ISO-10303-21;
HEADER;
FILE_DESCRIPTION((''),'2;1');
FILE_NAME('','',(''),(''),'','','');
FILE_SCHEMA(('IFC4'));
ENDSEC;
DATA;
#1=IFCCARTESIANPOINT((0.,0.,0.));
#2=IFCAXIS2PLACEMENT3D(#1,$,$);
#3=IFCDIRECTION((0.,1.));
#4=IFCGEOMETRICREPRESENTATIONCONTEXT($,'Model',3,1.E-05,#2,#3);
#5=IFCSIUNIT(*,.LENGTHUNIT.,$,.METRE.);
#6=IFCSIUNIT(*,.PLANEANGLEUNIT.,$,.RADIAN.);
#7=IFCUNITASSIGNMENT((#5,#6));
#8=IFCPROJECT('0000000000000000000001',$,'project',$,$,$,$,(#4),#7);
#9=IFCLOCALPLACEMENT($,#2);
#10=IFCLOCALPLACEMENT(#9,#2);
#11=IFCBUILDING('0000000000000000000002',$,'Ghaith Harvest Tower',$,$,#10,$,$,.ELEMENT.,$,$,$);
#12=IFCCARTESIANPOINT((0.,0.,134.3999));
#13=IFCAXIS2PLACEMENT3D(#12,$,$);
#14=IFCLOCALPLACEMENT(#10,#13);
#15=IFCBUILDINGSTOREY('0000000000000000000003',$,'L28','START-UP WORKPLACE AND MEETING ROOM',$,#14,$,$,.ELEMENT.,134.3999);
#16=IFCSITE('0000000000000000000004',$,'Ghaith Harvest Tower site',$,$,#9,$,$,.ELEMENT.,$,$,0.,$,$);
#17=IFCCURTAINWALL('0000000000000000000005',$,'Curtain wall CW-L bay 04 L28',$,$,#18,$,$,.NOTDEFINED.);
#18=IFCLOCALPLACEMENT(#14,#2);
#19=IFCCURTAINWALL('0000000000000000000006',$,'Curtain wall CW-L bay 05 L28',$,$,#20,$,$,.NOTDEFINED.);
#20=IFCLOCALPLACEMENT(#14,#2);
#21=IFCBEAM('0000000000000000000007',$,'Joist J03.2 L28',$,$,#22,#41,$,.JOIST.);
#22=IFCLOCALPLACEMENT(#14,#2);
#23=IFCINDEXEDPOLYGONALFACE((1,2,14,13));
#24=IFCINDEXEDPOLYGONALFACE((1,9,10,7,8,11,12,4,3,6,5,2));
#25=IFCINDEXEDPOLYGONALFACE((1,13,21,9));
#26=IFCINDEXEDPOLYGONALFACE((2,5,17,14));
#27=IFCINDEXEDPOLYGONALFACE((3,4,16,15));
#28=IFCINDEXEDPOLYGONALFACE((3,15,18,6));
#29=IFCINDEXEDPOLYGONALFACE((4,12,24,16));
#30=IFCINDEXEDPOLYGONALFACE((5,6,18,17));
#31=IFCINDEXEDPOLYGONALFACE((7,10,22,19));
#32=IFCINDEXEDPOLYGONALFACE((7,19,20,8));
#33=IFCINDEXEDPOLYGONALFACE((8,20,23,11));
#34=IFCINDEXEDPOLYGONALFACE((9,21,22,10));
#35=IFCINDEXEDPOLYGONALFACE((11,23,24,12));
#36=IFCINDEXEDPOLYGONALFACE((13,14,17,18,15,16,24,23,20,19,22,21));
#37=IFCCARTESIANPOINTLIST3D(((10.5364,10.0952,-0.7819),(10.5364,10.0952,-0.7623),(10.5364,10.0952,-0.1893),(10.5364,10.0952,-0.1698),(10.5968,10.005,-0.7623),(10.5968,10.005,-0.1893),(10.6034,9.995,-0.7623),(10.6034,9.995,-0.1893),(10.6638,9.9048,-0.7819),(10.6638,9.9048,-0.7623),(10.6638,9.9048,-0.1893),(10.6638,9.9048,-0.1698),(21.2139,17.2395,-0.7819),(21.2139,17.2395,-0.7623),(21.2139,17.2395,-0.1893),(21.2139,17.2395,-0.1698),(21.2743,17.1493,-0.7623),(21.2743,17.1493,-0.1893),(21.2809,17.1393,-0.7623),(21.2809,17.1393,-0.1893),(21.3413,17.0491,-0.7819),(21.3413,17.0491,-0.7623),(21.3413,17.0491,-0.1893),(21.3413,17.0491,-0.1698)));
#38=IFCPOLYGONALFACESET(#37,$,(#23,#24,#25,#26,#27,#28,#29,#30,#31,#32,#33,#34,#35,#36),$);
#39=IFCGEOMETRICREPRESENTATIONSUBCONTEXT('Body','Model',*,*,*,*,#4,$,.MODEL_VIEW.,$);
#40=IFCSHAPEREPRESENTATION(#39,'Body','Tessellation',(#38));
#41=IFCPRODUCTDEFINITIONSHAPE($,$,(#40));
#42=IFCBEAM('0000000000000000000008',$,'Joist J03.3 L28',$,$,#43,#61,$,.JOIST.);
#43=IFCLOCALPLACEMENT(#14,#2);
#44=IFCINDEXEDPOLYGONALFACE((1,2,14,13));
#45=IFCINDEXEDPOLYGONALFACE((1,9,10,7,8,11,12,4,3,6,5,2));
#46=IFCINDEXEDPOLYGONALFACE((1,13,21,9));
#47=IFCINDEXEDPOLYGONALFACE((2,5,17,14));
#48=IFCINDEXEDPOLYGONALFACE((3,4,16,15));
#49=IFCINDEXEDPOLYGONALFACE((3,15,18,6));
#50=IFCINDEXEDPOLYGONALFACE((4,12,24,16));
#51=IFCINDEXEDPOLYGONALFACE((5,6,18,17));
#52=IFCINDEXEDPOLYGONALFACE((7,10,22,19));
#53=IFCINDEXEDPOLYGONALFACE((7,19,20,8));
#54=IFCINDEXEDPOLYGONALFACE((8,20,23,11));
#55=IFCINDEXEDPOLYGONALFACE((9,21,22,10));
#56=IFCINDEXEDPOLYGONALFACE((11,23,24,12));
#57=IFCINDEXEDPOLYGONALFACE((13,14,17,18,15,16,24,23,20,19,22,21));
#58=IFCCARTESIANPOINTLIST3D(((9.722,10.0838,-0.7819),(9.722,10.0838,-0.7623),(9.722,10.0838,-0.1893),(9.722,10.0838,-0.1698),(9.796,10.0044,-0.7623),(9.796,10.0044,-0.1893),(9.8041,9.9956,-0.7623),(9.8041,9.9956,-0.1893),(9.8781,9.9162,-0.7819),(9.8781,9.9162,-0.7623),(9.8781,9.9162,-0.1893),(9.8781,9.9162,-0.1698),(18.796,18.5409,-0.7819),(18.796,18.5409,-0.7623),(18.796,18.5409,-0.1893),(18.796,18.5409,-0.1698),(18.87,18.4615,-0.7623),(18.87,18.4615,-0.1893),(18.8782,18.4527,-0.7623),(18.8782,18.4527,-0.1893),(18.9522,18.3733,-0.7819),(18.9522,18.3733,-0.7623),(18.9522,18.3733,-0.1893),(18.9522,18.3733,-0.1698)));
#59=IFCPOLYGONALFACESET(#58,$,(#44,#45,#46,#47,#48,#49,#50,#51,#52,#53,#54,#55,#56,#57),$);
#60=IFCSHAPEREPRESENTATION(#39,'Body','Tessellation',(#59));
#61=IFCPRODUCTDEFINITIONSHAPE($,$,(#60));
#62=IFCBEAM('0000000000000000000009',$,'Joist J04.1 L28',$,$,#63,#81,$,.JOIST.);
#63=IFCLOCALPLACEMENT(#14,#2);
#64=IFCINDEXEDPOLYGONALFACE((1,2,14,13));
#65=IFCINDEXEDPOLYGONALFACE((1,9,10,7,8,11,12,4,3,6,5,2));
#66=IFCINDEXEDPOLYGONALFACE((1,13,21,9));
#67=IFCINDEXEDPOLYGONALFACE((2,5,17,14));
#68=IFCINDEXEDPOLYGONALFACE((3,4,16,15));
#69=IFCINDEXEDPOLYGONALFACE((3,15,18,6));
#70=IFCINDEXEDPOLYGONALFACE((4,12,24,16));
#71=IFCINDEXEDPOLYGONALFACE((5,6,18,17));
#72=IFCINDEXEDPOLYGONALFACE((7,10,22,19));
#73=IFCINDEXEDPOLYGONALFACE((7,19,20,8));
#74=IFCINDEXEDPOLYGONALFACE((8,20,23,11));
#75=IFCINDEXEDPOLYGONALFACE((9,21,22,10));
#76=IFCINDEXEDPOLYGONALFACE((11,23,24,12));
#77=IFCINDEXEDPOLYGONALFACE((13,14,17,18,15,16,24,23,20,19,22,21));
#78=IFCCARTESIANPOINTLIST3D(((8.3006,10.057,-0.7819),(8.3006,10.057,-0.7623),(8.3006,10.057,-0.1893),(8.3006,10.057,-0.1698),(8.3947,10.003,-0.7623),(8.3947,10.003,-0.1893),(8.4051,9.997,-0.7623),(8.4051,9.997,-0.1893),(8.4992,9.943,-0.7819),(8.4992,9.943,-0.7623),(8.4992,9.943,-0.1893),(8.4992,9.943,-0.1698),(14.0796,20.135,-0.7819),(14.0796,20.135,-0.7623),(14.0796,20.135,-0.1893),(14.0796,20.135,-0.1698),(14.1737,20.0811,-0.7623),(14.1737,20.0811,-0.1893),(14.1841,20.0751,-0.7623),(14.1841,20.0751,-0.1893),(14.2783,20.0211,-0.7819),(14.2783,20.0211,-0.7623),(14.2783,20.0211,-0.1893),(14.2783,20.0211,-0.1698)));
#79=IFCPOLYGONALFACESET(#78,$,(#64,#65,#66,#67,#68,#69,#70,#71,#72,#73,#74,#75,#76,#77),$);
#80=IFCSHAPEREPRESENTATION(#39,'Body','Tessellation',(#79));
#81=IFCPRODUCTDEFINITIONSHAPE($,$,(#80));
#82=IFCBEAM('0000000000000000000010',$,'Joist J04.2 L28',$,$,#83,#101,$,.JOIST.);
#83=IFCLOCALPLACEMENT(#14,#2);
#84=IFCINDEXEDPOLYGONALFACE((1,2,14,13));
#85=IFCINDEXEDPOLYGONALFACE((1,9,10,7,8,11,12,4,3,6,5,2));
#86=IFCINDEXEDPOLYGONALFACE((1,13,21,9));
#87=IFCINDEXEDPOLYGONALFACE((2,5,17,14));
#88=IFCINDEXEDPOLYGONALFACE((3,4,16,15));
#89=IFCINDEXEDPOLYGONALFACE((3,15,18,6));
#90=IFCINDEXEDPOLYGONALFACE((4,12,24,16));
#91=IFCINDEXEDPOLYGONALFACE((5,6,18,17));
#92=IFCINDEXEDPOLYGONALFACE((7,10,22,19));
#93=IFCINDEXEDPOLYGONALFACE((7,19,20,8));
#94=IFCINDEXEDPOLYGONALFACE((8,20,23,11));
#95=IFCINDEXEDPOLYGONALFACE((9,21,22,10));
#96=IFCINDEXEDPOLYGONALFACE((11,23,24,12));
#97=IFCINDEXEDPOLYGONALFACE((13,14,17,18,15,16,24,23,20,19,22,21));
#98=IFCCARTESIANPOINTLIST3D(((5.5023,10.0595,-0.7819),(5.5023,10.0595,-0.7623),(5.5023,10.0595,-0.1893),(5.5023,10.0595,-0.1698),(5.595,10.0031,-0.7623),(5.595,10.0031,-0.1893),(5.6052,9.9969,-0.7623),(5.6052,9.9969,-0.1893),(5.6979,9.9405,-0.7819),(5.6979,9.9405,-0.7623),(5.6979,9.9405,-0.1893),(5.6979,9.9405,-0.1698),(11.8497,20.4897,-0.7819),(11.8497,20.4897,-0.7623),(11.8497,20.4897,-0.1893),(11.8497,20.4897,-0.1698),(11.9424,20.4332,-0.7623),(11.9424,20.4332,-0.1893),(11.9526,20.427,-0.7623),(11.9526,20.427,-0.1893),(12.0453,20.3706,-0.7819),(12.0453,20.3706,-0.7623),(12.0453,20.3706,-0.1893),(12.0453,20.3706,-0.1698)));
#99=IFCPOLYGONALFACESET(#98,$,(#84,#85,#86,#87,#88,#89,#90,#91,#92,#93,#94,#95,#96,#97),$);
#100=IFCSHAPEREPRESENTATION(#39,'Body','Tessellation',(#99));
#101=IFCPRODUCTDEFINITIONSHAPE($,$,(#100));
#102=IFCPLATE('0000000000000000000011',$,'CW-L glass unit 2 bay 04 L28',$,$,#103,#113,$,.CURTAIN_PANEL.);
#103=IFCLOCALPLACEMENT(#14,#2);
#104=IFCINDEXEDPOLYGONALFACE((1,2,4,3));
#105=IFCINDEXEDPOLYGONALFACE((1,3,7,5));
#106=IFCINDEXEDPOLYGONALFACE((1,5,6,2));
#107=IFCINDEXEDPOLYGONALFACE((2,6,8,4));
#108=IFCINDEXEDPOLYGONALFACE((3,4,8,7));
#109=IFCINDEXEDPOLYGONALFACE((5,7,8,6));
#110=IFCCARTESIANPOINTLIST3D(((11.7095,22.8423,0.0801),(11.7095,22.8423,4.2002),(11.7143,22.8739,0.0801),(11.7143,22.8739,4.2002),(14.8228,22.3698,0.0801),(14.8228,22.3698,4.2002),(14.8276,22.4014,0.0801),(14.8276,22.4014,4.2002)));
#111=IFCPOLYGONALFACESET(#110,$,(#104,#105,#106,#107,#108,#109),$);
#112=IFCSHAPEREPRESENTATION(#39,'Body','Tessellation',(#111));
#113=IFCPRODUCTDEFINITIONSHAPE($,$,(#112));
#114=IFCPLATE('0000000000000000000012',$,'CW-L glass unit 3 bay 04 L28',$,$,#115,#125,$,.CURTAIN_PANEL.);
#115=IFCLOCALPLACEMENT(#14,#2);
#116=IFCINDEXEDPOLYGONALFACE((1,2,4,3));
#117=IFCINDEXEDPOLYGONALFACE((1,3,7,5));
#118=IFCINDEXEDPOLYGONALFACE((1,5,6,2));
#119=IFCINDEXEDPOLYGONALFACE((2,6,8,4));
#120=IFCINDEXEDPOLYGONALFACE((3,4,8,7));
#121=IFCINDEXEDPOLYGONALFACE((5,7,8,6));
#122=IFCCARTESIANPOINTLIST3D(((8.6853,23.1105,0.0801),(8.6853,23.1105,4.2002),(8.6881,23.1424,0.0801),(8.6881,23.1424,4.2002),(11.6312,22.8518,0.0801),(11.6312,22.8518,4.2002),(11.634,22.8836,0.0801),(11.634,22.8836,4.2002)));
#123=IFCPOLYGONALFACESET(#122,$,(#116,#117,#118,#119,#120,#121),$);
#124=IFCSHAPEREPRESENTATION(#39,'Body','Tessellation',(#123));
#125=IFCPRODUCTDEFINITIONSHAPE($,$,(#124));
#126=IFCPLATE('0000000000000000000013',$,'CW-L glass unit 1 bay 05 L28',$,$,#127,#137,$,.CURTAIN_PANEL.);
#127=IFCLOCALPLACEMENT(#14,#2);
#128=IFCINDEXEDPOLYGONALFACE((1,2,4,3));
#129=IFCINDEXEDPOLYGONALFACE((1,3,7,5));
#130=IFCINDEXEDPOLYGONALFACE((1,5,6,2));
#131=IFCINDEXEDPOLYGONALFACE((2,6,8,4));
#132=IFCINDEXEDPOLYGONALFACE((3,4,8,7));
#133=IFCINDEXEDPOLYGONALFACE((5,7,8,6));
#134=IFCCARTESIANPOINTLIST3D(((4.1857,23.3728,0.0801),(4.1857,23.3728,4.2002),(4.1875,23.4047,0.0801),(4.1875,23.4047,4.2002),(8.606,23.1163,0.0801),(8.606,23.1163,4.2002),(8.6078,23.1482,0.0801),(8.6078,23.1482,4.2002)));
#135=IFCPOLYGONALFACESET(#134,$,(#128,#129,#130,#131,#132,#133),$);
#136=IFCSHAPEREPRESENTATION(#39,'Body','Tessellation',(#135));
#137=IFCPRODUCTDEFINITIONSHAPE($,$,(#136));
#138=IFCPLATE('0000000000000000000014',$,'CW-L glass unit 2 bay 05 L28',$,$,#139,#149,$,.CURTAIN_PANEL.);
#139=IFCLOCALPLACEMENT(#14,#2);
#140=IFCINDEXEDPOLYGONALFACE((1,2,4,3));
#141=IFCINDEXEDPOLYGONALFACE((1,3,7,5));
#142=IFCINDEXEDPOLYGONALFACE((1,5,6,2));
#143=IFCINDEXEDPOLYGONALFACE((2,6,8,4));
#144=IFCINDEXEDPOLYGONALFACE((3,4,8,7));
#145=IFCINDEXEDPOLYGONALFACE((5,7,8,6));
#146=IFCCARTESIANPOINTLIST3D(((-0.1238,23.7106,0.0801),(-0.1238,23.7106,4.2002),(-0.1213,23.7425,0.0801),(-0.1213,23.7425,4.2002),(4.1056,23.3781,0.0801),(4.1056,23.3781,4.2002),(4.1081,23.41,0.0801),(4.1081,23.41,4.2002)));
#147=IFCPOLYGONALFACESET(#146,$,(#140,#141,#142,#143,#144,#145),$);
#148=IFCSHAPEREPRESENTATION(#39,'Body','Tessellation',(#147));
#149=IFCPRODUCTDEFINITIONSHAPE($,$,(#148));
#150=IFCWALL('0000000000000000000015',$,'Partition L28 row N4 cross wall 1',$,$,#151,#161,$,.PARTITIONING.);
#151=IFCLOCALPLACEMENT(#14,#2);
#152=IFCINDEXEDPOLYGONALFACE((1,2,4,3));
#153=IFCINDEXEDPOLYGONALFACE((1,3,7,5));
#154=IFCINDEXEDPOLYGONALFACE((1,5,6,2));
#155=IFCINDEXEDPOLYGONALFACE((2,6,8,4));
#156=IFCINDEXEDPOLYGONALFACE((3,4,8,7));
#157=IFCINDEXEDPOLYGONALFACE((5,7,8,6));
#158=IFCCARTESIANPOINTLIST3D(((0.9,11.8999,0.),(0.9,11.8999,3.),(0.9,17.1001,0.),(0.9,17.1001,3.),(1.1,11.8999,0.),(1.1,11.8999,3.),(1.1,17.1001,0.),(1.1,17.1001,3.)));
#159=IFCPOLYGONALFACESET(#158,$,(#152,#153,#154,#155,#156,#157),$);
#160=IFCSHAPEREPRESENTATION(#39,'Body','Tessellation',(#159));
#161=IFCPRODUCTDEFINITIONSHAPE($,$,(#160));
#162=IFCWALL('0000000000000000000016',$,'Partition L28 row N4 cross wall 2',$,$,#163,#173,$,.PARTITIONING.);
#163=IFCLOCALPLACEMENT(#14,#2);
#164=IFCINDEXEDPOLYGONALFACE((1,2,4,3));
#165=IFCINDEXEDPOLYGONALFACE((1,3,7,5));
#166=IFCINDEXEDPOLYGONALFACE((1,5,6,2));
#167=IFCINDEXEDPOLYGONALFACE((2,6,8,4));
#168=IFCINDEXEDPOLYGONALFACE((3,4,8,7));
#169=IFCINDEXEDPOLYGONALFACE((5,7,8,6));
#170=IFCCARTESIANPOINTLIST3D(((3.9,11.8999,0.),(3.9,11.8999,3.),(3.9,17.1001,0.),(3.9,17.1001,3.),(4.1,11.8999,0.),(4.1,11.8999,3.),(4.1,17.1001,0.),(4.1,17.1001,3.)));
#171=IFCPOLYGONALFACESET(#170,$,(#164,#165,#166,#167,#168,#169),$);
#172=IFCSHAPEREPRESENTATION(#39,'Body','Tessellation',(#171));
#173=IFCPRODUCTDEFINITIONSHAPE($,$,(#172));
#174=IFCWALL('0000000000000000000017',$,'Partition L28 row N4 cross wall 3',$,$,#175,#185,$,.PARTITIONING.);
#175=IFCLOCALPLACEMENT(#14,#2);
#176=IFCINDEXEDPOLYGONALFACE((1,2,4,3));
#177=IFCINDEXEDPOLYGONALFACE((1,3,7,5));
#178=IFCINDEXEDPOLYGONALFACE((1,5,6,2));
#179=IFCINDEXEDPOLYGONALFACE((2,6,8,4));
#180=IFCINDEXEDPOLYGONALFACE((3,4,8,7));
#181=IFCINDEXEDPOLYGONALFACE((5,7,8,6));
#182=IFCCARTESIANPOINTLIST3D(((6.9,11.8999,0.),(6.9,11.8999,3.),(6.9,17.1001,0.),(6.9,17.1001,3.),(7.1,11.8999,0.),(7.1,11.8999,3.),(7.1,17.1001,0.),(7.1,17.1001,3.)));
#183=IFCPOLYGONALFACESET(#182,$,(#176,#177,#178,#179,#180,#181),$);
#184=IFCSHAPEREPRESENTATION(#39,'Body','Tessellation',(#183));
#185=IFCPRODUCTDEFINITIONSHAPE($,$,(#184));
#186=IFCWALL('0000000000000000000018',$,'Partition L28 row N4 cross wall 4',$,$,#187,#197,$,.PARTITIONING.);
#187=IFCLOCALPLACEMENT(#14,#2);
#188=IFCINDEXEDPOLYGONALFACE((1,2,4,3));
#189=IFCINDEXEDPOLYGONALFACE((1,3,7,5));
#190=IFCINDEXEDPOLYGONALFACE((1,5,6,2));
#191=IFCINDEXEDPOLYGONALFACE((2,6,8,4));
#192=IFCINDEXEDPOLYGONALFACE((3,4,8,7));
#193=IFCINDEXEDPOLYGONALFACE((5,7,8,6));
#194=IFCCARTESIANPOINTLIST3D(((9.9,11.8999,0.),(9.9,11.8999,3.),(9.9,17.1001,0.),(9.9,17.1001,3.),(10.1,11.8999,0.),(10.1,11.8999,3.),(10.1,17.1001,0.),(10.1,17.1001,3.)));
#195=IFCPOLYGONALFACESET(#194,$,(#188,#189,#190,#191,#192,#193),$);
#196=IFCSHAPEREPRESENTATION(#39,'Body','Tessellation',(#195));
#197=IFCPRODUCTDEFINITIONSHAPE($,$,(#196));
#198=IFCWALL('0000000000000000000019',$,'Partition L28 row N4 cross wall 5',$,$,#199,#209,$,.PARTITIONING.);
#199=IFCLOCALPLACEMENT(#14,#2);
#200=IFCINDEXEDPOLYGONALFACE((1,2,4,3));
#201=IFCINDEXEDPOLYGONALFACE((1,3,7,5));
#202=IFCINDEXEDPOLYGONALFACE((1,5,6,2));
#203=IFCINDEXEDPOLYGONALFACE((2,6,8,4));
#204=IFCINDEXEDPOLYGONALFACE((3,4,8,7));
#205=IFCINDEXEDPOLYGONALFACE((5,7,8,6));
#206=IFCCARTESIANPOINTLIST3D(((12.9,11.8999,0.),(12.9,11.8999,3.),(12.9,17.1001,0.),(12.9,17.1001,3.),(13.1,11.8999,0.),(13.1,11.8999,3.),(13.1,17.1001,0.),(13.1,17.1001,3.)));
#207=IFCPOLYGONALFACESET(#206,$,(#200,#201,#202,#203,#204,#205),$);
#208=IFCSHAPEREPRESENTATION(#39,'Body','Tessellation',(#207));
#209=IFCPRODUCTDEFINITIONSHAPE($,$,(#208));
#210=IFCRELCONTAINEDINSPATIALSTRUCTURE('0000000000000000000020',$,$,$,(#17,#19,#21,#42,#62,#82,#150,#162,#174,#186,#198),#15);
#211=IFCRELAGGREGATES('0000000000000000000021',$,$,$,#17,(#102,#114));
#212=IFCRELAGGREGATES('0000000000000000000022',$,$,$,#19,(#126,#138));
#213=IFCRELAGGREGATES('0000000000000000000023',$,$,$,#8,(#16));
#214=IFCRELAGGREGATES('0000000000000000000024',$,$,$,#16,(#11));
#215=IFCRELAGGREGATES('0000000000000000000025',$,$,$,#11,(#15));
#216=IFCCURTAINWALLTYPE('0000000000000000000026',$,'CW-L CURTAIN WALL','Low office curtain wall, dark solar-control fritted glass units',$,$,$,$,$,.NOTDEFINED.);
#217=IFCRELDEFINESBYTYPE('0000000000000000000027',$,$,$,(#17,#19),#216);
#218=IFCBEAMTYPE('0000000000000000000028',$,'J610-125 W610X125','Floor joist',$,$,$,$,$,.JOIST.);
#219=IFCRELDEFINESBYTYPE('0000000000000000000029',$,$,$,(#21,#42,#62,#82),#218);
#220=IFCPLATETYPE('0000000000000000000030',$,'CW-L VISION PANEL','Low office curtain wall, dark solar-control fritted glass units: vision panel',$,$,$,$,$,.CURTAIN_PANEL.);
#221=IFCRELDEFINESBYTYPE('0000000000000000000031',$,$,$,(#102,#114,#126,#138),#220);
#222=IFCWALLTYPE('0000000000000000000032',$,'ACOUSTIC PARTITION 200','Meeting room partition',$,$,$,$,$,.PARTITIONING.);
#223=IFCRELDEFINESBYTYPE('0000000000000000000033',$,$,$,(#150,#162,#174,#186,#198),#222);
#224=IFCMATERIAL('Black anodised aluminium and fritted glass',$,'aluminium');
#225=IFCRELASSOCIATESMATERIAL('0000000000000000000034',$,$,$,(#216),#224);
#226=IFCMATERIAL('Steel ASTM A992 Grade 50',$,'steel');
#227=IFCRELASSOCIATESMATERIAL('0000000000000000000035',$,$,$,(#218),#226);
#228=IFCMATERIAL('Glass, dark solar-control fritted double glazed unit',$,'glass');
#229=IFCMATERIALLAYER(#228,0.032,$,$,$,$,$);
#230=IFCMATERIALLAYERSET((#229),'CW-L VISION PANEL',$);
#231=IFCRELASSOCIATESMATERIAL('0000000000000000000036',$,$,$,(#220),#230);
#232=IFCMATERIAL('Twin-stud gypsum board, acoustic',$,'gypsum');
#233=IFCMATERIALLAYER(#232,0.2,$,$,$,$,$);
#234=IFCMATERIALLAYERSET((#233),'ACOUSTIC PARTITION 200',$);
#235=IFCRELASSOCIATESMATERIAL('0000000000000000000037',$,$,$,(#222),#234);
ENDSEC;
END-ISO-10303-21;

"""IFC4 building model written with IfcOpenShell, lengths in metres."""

from ifc_helpers import new_model, si_unit, direction, frame, frame_2d, origin, origin_2d, place, context, subcontext, project, spatial, rectangle, i_section, extrude, material, layer, layer_set, material_profile, profile_set, type_object, element, aggregate, save


model = new_model("IFC4")

# Units and contexts
model_context = context("Model", 3, precision=1e-05, world=origin(), true_north=direction((0.0, 1.0)))
body_context = subcontext(model_context, "Body", "Model", "MODEL_VIEW")
ifc_project = project(units=[si_unit("LENGTHUNIT", "METRE"), si_unit("PLANEANGLEUNIT", "RADIAN")], contexts=[model_context])

# Site, building, storey
site_placement = place(None, origin())
site = spatial("IfcSite", under=ifc_project, at=site_placement, Name="Ghaith Harvest Tower site", CompositionType="ELEMENT", RefElevation=0.0)
building_placement = place(site_placement, origin())
building = spatial("IfcBuilding", under=site, at=building_placement, Name="Ghaith Harvest Tower", CompositionType="ELEMENT")
storey_placement = place(building_placement, frame((0.0, 0.0, 134.3999)))
storey = spatial("IfcBuildingStorey", under=building, at=storey_placement, Name="L28", Description="START-UP WORKPLACE AND MEETING ROOM", CompositionType="ELEMENT", Elevation=134.3999)

# Curtain wall
ifc_material_1 = material(Name="Black anodised aluminium and fritted glass", Category="aluminium")
curtain_wall_type = type_object("IfcCurtainWallType", Name="CW-L CURTAIN WALL", Description="Low office curtain wall, dark solar-control fritted glass units", PredefinedType="NOTDEFINED", material=ifc_material_1)
curtain_wall_1_placement = place(storey_placement, origin())
curtain_wall_1 = element("IfcCurtainWall", 1, at=curtain_wall_1_placement, inside=storey, type_object=curtain_wall_type, Name="Curtain wall CW-L bay 04 L28", PredefinedType="NOTDEFINED")

# Curtain wall
curtain_wall_2_placement = place(storey_placement, origin())
curtain_wall_2 = element("IfcCurtainWall", 2, at=curtain_wall_2_placement, inside=storey, type_object=curtain_wall_type, Name="Curtain wall CW-L bay 05 L28", PredefinedType="NOTDEFINED")

# Beams
ifc_material_2 = material(Name="Steel ASTM A992 Grade 50", Category="steel")
ifc_material_profile_1 = material_profile(ifc_material_2, i_section(OverallWidth=0.229, OverallDepth=0.6121, WebThickness=0.012, FlangeThickness=0.0195, at=origin_2d()), Name="W610X125")
ifc_profile_set_1 = profile_set([ifc_material_profile_1], Name="Steel ASTM A992 Grade 50")
beam_type_1 = type_object("IfcBeamType", Name="J610-125 W610X125", Description="Floor joist", PredefinedType="JOIST", material=ifc_profile_set_1)
beam_1_placement = place(storey_placement, frame((10.6001, 10.0, -0.4758), z_axis=(0.831116, 0.556098, 0.0), x_axis=(-0.556098, 0.831116, 0.0)))
element("IfcBeam", 3, at=beam_1_placement, inside=storey, type_object=beam_type_1, Name="Joist J03.2 L28", PredefinedType="JOIST", context=body_context, shape_type="SweptSolid", body=[
    extrude(i_section(OverallWidth=0.229, OverallDepth=0.6121, WebThickness=0.012, FlangeThickness=0.0195, at=origin_2d()), origin(), (0.0, 0.0, 1.0), 12.8472),
])
beam_2_placement = place(storey_placement, frame((9.8, 10.0, -0.4758), z_axis=(0.731538, 0.681801, 0.0), x_axis=(-0.681801, 0.731538, 0.0)))
element("IfcBeam", 4, at=beam_2_placement, inside=storey, type_object=beam_type_1, Name="Joist J03.3 L28", PredefinedType="JOIST", context=body_context, shape_type="SweptSolid", body=[
    extrude(i_section(OverallWidth=0.229, OverallDepth=0.6121, WebThickness=0.012, FlangeThickness=0.0195, at=origin_2d()), origin(), (0.0, 0.0, 1.0), 12.4041),
])
beam_3_placement = place(storey_placement, frame((8.3999, 10.0, -0.4758), z_axis=(0.497444, 0.867496, 0.0), x_axis=(-0.867496, 0.497444, 0.0)))
element("IfcBeam", 5, at=beam_3_placement, inside=storey, type_object=beam_type_1, Name="Joist J04.1 L28", PredefinedType="JOIST", context=body_context, shape_type="SweptSolid", body=[
    extrude(i_section(OverallWidth=0.229, OverallDepth=0.6121, WebThickness=0.012, FlangeThickness=0.0195, at=origin_2d()), origin(), (0.0, 0.0, 1.0), 11.6174),
])
beam_4_placement = place(storey_placement, frame((5.6001, 10.0, -0.4758), z_axis=(0.519864, 0.854249, 0.0), x_axis=(-0.854249, 0.519864, 0.0)))
element("IfcBeam", 6, at=beam_4_placement, inside=storey, type_object=beam_type_1, Name="Joist J04.2 L28", PredefinedType="JOIST", context=body_context, shape_type="SweptSolid", body=[
    extrude(i_section(OverallWidth=0.229, OverallDepth=0.6121, WebThickness=0.012, FlangeThickness=0.0195, at=origin_2d()), origin(), (0.0, 0.0, 1.0), 12.2097),
])

# Plates
ifc_material_3 = material(Name="Glass, dark solar-control fritted double glazed unit", Category="glass")
ifc_layer_1 = layer(ifc_material_3, 0.032)
ifc_layer_set_1 = layer_set([ifc_layer_1], Name="CW-L VISION PANEL")
plate_type = type_object("IfcPlateType", Name="CW-L VISION PANEL", Description="Low office curtain wall, dark solar-control fritted glass units: vision panel", PredefinedType="CURTAIN_PANEL", material=ifc_layer_set_1)
plate_1_placement = place(storey_placement, frame((13.2686, 22.6218, 0.0801), z_axis=(0.0, 0.0, 1.0), x_axis=(-0.988679, 0.150048, 0.0)))
plate_1 = element("IfcPlate", 7, at=plate_1_placement, type_object=plate_type, Name="CW-L glass unit 2 bay 04 L28", PredefinedType="CURTAIN_PANEL", context=body_context, shape_type="SweptSolid", body=[
    extrude(rectangle(XDim=3.1489, YDim=0.032, at=origin_2d()), origin(), (0.0, 0.0, 1.0), 4.1201),
])
plate_2_placement = place(storey_placement, frame((10.1597, 22.9971, 0.0801), z_axis=(0.0, 0.0, 1.0), x_axis=(-0.996166, 0.087481, 0.0)))
plate_2 = element("IfcPlate", 8, at=plate_2_placement, type_object=plate_type, Name="CW-L glass unit 3 bay 04 L28", PredefinedType="CURTAIN_PANEL", context=body_context, shape_type="SweptSolid", body=[
    extrude(rectangle(XDim=2.9573, YDim=0.032, at=origin_2d()), origin(), (0.0, 0.0, 1.0), 4.1201),
])
aggregate(curtain_wall_1, [plate_1, plate_2])
plate_3_placement = place(storey_placement, frame((6.3967, 23.2605, 0.0801), z_axis=(0.0, 0.0, 1.0), x_axis=(-0.998321, 0.057927, 0.0)))
plate_3 = element("IfcPlate", 9, at=plate_3_placement, type_object=plate_type, Name="CW-L glass unit 1 bay 05 L28", PredefinedType="CURTAIN_PANEL", context=body_context, shape_type="SweptSolid", body=[
    extrude(rectangle(XDim=4.4277, YDim=0.032, at=origin_2d()), origin(), (0.0, 0.0, 1.0), 4.1201),
])
plate_4_placement = place(storey_placement, frame((1.9922, 23.5603, 0.0801), z_axis=(0.0, 0.0, 1.0), x_axis=(-0.996925, 0.07836, 0.0)))
plate_4 = element("IfcPlate", 10, at=plate_4_placement, type_object=plate_type, Name="CW-L glass unit 2 bay 05 L28", PredefinedType="CURTAIN_PANEL", context=body_context, shape_type="SweptSolid", body=[
    extrude(rectangle(XDim=4.2424, YDim=0.032, at=origin_2d()), origin(), (0.0, 0.0, 1.0), 4.1201),
])
aggregate(curtain_wall_2, [plate_3, plate_4])

# Walls
ifc_material_4 = material(Name="Twin-stud gypsum board, acoustic", Category="gypsum")
ifc_layer_2 = layer(ifc_material_4, 0.2)
ifc_layer_set_2 = layer_set([ifc_layer_2], Name="ACOUSTIC PARTITION 200")
wall_type = type_object("IfcWallType", Name="ACOUSTIC PARTITION 200", Description="Meeting room partition", PredefinedType="PARTITIONING", material=ifc_layer_set_2)
for number, where, z_axis, x_axis, name in (
    (11, (1.0, 11.8999, 0.0), (0.0, 0.0, 1.0), (0.0, 1.0, 0.0), "Partition L28 row N4 cross wall 1"),
    (12, (4.0, 11.8999, 0.0), (0.0, 0.0, 1.0), (0.0, 1.0, 0.0), "Partition L28 row N4 cross wall 2"),
    (13, (7.0, 11.8999, 0.0), (0.0, 0.0, 1.0), (0.0, 1.0, 0.0), "Partition L28 row N4 cross wall 3"),
    (14, (10.0, 11.8999, 0.0), (0.0, 0.0, 1.0), (0.0, 1.0, 0.0), "Partition L28 row N4 cross wall 4"),
    (15, (13.0, 11.8999, 0.0), (0.0, 0.0, 1.0), (0.0, 1.0, 0.0), "Partition L28 row N4 cross wall 5"),
):
    element("IfcWall", number, at=place(storey_placement, frame(where, z_axis=z_axis, x_axis=x_axis)), inside=storey, type_object=wall_type, Name=name, PredefinedType="PARTITIONING", context=body_context, shape_type="SweptSolid", body=[
        extrude(rectangle(XDim=5.2002, YDim=0.2, at=frame_2d((2.6001, 0.0))), origin(), (0.0, 0.0, 1.0), 3.0),
    ])

save(model, "model.ifc")
